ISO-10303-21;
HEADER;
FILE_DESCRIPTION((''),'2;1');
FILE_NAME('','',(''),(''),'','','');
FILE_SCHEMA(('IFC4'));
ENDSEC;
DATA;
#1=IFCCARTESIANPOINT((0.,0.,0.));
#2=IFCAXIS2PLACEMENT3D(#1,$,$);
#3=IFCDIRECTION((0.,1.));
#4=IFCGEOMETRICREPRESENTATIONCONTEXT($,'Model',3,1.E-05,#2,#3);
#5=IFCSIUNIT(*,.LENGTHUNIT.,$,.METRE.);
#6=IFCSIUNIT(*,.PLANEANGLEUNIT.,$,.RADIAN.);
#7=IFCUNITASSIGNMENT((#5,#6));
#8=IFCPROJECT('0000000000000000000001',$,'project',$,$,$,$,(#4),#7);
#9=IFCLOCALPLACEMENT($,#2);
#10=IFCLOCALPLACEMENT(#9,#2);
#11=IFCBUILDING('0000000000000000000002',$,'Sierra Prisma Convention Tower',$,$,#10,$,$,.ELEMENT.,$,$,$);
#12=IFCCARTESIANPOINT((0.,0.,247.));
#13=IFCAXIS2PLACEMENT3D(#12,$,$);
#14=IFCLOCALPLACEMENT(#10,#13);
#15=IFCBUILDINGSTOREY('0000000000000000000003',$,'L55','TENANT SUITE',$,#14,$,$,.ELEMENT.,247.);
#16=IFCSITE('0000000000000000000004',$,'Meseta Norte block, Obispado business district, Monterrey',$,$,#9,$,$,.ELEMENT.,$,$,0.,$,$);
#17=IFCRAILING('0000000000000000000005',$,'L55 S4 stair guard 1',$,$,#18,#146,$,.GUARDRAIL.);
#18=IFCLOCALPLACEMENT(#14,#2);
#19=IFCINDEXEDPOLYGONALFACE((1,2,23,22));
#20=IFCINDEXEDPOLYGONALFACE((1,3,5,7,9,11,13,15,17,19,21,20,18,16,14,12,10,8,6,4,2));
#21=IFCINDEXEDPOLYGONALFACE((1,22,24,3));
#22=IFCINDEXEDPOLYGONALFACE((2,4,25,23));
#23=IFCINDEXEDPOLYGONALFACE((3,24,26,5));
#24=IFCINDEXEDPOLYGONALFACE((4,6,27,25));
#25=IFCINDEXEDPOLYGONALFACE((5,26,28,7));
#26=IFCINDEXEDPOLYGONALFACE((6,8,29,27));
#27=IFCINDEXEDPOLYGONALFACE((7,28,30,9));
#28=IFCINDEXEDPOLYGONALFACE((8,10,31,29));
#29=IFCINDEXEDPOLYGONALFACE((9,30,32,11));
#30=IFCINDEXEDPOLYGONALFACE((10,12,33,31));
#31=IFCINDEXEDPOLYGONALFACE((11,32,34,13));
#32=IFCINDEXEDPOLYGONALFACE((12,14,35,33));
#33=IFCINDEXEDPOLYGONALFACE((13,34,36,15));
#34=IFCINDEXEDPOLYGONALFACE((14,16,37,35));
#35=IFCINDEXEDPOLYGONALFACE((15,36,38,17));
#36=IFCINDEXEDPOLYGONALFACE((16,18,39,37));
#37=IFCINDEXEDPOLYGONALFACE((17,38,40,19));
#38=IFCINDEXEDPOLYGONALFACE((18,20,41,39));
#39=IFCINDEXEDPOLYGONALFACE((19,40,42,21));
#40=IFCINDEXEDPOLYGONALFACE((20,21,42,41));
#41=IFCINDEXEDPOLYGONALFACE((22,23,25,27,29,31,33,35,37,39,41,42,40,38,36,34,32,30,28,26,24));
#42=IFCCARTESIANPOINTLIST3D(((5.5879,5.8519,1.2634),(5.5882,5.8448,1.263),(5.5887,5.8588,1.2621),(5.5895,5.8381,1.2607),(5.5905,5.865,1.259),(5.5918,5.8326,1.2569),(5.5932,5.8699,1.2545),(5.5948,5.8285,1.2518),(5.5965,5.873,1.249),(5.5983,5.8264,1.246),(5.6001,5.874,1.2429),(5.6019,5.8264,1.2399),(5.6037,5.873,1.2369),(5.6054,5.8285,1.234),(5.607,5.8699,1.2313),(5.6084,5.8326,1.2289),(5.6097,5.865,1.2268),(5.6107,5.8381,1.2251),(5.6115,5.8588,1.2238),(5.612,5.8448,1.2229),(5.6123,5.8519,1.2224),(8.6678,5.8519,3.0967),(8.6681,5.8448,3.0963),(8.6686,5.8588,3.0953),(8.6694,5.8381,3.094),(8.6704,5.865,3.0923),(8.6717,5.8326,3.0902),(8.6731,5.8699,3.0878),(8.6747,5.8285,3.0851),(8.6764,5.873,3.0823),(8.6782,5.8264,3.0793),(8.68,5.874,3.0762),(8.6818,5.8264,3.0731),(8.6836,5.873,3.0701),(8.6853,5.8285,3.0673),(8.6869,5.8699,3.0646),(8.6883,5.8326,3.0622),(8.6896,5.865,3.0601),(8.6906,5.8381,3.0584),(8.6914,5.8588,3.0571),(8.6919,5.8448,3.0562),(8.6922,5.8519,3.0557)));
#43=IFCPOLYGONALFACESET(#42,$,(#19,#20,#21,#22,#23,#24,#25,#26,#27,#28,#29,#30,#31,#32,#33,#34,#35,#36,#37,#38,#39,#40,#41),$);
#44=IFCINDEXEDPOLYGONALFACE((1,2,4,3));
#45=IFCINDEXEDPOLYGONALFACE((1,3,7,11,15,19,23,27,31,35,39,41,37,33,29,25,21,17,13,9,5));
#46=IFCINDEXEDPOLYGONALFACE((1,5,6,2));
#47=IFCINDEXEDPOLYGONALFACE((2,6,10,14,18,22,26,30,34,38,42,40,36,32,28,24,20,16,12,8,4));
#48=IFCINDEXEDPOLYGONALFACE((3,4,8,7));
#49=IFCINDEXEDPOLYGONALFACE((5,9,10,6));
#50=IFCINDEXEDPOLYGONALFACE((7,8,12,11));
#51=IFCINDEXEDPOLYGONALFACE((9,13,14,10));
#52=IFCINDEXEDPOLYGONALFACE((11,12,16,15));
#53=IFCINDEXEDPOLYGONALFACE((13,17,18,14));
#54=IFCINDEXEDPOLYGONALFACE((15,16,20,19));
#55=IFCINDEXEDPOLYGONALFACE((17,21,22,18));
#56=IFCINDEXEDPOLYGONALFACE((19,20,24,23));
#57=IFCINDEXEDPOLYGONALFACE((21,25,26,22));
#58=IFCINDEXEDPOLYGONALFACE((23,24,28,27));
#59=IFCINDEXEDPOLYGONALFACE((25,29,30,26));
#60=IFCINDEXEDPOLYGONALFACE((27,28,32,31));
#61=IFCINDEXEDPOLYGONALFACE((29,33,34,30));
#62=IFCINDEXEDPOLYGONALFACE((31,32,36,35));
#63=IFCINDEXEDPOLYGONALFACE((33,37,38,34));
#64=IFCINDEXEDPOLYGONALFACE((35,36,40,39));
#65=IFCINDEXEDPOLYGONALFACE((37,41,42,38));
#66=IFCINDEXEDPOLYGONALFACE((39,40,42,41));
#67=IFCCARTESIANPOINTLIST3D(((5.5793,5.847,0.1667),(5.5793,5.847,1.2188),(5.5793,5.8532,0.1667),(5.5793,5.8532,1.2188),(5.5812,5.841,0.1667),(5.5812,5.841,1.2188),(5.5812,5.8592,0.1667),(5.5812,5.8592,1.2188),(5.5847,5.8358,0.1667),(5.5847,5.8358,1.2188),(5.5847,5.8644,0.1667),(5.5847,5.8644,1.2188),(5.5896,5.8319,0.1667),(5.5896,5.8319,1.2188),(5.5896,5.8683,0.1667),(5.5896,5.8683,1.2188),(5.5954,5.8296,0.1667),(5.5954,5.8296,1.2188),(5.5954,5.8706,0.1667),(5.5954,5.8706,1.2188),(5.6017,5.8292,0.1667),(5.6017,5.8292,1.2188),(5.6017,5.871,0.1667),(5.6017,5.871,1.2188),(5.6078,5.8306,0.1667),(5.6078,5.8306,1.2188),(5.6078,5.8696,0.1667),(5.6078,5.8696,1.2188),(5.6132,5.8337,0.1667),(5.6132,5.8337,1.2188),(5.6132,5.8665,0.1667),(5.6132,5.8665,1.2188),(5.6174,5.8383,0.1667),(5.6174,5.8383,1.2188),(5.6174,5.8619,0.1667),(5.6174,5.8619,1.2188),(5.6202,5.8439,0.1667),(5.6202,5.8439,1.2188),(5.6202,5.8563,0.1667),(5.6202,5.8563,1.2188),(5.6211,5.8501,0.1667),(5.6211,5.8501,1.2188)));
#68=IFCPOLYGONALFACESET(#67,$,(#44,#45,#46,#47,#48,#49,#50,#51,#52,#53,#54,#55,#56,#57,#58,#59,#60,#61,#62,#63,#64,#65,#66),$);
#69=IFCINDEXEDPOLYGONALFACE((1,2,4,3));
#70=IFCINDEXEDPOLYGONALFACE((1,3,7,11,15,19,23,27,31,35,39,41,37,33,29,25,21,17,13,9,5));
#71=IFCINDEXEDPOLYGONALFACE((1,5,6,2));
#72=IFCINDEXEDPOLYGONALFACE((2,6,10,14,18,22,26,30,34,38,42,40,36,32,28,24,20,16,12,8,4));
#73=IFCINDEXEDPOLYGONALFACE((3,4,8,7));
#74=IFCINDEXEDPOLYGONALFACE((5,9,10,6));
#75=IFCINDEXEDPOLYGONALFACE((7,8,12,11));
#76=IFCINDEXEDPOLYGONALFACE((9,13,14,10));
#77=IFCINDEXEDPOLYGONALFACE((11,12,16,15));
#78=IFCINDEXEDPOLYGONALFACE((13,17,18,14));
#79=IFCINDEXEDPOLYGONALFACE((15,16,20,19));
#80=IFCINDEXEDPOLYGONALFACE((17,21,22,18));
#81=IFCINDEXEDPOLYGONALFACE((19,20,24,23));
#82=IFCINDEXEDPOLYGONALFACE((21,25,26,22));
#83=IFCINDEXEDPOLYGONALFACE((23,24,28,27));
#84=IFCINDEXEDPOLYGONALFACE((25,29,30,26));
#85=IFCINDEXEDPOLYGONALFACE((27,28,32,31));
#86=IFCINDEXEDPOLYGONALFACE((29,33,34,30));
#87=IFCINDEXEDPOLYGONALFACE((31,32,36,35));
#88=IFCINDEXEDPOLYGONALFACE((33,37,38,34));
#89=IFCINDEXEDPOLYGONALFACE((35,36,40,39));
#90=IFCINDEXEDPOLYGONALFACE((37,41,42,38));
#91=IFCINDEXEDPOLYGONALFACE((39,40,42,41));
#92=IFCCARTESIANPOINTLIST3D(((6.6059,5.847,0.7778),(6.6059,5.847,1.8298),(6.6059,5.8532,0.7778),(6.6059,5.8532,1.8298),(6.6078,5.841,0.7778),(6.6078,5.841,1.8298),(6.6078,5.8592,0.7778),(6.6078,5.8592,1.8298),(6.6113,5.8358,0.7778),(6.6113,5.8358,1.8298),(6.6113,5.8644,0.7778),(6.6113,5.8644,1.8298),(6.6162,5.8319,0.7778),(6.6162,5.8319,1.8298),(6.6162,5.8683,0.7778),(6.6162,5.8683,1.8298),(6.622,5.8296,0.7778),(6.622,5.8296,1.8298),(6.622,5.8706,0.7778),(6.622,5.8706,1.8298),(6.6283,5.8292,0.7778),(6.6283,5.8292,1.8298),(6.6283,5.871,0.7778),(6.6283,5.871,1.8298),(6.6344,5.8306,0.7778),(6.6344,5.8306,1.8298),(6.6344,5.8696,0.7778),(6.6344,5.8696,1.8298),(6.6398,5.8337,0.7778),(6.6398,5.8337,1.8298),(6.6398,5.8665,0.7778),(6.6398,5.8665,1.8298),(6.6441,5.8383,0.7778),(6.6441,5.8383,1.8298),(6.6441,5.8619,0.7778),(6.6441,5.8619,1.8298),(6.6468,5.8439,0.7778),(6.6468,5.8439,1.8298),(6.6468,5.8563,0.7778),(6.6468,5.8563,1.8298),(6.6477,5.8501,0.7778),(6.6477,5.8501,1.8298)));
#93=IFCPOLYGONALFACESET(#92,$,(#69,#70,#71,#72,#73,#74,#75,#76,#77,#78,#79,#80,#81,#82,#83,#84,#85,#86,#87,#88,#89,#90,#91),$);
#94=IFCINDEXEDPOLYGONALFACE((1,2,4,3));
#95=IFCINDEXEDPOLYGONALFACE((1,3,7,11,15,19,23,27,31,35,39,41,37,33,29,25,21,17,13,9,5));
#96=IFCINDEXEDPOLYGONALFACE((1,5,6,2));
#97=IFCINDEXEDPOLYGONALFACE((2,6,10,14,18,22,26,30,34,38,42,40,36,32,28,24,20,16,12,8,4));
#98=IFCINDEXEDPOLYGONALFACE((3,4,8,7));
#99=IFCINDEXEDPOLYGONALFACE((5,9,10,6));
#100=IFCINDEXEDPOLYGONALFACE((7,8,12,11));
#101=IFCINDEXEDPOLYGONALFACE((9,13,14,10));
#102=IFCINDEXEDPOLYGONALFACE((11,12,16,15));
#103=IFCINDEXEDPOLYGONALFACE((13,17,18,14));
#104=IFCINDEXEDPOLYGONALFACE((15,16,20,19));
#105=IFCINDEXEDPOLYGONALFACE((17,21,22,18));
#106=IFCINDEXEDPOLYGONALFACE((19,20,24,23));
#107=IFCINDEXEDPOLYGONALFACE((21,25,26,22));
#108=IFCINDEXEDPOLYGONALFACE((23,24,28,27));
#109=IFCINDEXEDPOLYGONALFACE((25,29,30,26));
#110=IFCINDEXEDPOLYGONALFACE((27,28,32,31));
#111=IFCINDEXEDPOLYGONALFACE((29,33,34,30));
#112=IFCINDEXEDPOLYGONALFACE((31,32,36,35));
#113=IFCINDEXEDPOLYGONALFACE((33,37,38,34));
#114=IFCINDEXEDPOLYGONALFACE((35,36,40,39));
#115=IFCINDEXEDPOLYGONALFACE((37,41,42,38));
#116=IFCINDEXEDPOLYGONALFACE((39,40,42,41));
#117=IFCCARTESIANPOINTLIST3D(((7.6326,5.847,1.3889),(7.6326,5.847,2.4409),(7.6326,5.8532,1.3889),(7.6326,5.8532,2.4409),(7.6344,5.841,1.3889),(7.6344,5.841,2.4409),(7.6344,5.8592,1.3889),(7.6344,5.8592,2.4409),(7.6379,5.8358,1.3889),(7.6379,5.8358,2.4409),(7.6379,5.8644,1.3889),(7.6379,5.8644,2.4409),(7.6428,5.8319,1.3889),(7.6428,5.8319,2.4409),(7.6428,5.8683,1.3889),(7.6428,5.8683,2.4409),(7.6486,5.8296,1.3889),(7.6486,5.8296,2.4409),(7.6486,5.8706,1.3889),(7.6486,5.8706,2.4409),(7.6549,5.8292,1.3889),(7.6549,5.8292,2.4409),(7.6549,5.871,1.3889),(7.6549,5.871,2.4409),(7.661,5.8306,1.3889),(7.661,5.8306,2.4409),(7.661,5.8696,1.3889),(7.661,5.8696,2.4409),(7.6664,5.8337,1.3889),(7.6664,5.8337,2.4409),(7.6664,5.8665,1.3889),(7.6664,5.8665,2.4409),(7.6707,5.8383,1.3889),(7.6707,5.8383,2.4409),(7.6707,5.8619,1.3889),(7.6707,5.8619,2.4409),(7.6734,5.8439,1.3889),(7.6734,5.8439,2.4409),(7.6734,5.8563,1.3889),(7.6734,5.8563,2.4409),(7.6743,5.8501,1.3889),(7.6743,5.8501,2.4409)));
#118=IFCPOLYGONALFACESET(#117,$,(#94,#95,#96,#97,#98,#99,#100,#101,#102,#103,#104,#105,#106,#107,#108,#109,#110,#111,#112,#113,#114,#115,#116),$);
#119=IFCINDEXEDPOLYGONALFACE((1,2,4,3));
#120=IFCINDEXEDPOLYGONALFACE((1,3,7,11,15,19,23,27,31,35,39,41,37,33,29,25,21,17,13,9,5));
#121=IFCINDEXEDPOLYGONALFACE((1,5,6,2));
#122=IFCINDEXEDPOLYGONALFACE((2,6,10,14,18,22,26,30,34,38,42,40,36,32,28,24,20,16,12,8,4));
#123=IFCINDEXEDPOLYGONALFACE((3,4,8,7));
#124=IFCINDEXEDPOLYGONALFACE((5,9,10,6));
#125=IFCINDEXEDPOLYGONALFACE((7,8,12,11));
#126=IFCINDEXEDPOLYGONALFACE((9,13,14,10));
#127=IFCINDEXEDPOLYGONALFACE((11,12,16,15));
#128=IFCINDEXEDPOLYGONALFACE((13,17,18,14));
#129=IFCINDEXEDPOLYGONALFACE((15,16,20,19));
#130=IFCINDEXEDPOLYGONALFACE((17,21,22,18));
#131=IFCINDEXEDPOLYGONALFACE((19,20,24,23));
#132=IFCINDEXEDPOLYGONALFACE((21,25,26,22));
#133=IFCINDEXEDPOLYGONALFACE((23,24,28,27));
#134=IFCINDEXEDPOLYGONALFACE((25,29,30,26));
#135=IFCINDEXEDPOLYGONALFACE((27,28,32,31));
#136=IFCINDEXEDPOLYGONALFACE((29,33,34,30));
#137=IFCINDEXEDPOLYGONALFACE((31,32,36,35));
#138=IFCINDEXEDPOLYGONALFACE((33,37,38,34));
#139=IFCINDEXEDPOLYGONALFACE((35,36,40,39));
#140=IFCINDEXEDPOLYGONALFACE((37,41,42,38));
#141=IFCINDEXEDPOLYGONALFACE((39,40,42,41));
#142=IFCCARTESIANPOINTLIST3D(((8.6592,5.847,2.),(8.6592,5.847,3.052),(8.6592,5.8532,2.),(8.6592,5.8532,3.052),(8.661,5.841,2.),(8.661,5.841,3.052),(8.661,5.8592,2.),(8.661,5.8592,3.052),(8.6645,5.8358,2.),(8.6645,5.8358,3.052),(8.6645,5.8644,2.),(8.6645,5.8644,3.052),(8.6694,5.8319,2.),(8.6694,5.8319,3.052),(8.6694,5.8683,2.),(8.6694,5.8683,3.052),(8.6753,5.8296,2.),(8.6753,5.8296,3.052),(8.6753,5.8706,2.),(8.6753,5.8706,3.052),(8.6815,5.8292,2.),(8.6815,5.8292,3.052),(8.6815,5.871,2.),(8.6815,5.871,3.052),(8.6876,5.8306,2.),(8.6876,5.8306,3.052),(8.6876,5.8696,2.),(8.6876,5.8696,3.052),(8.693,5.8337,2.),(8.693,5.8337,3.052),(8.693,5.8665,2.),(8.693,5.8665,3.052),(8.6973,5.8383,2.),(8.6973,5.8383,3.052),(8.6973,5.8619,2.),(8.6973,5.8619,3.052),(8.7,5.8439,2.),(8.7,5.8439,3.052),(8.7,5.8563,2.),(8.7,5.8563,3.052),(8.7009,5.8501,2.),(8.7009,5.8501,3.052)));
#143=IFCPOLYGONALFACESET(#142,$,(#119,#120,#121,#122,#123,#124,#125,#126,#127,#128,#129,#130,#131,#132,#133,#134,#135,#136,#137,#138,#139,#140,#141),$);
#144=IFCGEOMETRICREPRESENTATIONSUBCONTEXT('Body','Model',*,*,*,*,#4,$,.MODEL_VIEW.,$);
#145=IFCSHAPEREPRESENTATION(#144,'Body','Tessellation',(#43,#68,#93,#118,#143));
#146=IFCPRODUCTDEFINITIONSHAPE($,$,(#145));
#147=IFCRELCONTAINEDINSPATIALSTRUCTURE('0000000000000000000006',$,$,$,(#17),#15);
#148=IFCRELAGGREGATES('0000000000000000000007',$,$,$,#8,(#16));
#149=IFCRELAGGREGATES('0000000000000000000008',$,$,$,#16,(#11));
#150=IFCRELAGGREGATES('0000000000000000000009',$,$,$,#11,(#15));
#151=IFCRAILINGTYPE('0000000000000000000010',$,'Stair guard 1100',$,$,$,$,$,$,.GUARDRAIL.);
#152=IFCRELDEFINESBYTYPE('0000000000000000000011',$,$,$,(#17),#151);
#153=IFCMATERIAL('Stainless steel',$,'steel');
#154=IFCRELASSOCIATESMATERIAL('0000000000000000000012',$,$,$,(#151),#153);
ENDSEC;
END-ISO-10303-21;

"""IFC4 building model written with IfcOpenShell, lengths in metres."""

from ifc_helpers import new_model, si_unit, direction, frame, origin, origin_2d, place, context, subcontext, project, spatial, circle, extrude, material, type_object, element, save


model = new_model("IFC4")

# Units and contexts
model_context = context("Model", 3, precision=1e-05, world=origin(), true_north=direction((0.0, 1.0)))
body_context = subcontext(model_context, "Body", "Model", "MODEL_VIEW")
ifc_project = project(units=[si_unit("LENGTHUNIT", "METRE"), si_unit("PLANEANGLEUNIT", "RADIAN")], contexts=[model_context])

# Site, building, storey
site_placement = place(None, origin())
site = spatial("IfcSite", under=ifc_project, at=site_placement, Name="Meseta Norte block, Obispado business district, Monterrey", CompositionType="ELEMENT", RefElevation=0.0)
building_placement = place(site_placement, origin())
building = spatial("IfcBuilding", under=site, at=building_placement, Name="Sierra Prisma Convention Tower", CompositionType="ELEMENT")
storey_placement = place(building_placement, frame((0.0, 0.0, 247.0)))
storey = spatial("IfcBuildingStorey", under=building, at=storey_placement, Name="L55", Description="TENANT SUITE", CompositionType="ELEMENT", Elevation=247.0)

# Railing
ifc_material_1 = material(Name="Stainless steel", Category="steel")
railing_type_1 = type_object("IfcRailingType", Name="Stair guard 1100", PredefinedType="GUARDRAIL", material=ifc_material_1)
railing_1_placement = place(storey_placement, frame((5.6001, 5.8501, 0.1667)))
element("IfcRailing", 1, at=railing_1_placement, inside=storey, type_object=railing_type_1, Name="L55 S4 stair guard 1", PredefinedType="GUARDRAIL", context=body_context, shape_type="SweptSolid", body=[
    extrude(circle(Radius=0.0239, at=origin_2d()), frame((0.0, 0.0, 1.0762), z_axis=(0.859291, 0.0, 0.511487), x_axis=(0.0, 1.0, 0.0)), (0.0, 0.0, 1.0), 3.5842),
    extrude(circle(Radius=0.021, at=origin_2d()), origin(), (0.0, 0.0, 1.0), 1.052),
    extrude(circle(Radius=0.021, at=origin_2d()), frame((1.0266, 0.0, 0.6111)), (0.0, 0.0, 1.0), 1.052),
    extrude(circle(Radius=0.021, at=origin_2d()), frame((2.0532, 0.0, 1.2222)), (0.0, 0.0, 1.0), 1.052),
    extrude(circle(Radius=0.021, at=origin_2d()), frame((3.0798, 0.0, 1.8333)), (0.0, 0.0, 1.0), 1.052),
])

save(model, "model.ifc")
